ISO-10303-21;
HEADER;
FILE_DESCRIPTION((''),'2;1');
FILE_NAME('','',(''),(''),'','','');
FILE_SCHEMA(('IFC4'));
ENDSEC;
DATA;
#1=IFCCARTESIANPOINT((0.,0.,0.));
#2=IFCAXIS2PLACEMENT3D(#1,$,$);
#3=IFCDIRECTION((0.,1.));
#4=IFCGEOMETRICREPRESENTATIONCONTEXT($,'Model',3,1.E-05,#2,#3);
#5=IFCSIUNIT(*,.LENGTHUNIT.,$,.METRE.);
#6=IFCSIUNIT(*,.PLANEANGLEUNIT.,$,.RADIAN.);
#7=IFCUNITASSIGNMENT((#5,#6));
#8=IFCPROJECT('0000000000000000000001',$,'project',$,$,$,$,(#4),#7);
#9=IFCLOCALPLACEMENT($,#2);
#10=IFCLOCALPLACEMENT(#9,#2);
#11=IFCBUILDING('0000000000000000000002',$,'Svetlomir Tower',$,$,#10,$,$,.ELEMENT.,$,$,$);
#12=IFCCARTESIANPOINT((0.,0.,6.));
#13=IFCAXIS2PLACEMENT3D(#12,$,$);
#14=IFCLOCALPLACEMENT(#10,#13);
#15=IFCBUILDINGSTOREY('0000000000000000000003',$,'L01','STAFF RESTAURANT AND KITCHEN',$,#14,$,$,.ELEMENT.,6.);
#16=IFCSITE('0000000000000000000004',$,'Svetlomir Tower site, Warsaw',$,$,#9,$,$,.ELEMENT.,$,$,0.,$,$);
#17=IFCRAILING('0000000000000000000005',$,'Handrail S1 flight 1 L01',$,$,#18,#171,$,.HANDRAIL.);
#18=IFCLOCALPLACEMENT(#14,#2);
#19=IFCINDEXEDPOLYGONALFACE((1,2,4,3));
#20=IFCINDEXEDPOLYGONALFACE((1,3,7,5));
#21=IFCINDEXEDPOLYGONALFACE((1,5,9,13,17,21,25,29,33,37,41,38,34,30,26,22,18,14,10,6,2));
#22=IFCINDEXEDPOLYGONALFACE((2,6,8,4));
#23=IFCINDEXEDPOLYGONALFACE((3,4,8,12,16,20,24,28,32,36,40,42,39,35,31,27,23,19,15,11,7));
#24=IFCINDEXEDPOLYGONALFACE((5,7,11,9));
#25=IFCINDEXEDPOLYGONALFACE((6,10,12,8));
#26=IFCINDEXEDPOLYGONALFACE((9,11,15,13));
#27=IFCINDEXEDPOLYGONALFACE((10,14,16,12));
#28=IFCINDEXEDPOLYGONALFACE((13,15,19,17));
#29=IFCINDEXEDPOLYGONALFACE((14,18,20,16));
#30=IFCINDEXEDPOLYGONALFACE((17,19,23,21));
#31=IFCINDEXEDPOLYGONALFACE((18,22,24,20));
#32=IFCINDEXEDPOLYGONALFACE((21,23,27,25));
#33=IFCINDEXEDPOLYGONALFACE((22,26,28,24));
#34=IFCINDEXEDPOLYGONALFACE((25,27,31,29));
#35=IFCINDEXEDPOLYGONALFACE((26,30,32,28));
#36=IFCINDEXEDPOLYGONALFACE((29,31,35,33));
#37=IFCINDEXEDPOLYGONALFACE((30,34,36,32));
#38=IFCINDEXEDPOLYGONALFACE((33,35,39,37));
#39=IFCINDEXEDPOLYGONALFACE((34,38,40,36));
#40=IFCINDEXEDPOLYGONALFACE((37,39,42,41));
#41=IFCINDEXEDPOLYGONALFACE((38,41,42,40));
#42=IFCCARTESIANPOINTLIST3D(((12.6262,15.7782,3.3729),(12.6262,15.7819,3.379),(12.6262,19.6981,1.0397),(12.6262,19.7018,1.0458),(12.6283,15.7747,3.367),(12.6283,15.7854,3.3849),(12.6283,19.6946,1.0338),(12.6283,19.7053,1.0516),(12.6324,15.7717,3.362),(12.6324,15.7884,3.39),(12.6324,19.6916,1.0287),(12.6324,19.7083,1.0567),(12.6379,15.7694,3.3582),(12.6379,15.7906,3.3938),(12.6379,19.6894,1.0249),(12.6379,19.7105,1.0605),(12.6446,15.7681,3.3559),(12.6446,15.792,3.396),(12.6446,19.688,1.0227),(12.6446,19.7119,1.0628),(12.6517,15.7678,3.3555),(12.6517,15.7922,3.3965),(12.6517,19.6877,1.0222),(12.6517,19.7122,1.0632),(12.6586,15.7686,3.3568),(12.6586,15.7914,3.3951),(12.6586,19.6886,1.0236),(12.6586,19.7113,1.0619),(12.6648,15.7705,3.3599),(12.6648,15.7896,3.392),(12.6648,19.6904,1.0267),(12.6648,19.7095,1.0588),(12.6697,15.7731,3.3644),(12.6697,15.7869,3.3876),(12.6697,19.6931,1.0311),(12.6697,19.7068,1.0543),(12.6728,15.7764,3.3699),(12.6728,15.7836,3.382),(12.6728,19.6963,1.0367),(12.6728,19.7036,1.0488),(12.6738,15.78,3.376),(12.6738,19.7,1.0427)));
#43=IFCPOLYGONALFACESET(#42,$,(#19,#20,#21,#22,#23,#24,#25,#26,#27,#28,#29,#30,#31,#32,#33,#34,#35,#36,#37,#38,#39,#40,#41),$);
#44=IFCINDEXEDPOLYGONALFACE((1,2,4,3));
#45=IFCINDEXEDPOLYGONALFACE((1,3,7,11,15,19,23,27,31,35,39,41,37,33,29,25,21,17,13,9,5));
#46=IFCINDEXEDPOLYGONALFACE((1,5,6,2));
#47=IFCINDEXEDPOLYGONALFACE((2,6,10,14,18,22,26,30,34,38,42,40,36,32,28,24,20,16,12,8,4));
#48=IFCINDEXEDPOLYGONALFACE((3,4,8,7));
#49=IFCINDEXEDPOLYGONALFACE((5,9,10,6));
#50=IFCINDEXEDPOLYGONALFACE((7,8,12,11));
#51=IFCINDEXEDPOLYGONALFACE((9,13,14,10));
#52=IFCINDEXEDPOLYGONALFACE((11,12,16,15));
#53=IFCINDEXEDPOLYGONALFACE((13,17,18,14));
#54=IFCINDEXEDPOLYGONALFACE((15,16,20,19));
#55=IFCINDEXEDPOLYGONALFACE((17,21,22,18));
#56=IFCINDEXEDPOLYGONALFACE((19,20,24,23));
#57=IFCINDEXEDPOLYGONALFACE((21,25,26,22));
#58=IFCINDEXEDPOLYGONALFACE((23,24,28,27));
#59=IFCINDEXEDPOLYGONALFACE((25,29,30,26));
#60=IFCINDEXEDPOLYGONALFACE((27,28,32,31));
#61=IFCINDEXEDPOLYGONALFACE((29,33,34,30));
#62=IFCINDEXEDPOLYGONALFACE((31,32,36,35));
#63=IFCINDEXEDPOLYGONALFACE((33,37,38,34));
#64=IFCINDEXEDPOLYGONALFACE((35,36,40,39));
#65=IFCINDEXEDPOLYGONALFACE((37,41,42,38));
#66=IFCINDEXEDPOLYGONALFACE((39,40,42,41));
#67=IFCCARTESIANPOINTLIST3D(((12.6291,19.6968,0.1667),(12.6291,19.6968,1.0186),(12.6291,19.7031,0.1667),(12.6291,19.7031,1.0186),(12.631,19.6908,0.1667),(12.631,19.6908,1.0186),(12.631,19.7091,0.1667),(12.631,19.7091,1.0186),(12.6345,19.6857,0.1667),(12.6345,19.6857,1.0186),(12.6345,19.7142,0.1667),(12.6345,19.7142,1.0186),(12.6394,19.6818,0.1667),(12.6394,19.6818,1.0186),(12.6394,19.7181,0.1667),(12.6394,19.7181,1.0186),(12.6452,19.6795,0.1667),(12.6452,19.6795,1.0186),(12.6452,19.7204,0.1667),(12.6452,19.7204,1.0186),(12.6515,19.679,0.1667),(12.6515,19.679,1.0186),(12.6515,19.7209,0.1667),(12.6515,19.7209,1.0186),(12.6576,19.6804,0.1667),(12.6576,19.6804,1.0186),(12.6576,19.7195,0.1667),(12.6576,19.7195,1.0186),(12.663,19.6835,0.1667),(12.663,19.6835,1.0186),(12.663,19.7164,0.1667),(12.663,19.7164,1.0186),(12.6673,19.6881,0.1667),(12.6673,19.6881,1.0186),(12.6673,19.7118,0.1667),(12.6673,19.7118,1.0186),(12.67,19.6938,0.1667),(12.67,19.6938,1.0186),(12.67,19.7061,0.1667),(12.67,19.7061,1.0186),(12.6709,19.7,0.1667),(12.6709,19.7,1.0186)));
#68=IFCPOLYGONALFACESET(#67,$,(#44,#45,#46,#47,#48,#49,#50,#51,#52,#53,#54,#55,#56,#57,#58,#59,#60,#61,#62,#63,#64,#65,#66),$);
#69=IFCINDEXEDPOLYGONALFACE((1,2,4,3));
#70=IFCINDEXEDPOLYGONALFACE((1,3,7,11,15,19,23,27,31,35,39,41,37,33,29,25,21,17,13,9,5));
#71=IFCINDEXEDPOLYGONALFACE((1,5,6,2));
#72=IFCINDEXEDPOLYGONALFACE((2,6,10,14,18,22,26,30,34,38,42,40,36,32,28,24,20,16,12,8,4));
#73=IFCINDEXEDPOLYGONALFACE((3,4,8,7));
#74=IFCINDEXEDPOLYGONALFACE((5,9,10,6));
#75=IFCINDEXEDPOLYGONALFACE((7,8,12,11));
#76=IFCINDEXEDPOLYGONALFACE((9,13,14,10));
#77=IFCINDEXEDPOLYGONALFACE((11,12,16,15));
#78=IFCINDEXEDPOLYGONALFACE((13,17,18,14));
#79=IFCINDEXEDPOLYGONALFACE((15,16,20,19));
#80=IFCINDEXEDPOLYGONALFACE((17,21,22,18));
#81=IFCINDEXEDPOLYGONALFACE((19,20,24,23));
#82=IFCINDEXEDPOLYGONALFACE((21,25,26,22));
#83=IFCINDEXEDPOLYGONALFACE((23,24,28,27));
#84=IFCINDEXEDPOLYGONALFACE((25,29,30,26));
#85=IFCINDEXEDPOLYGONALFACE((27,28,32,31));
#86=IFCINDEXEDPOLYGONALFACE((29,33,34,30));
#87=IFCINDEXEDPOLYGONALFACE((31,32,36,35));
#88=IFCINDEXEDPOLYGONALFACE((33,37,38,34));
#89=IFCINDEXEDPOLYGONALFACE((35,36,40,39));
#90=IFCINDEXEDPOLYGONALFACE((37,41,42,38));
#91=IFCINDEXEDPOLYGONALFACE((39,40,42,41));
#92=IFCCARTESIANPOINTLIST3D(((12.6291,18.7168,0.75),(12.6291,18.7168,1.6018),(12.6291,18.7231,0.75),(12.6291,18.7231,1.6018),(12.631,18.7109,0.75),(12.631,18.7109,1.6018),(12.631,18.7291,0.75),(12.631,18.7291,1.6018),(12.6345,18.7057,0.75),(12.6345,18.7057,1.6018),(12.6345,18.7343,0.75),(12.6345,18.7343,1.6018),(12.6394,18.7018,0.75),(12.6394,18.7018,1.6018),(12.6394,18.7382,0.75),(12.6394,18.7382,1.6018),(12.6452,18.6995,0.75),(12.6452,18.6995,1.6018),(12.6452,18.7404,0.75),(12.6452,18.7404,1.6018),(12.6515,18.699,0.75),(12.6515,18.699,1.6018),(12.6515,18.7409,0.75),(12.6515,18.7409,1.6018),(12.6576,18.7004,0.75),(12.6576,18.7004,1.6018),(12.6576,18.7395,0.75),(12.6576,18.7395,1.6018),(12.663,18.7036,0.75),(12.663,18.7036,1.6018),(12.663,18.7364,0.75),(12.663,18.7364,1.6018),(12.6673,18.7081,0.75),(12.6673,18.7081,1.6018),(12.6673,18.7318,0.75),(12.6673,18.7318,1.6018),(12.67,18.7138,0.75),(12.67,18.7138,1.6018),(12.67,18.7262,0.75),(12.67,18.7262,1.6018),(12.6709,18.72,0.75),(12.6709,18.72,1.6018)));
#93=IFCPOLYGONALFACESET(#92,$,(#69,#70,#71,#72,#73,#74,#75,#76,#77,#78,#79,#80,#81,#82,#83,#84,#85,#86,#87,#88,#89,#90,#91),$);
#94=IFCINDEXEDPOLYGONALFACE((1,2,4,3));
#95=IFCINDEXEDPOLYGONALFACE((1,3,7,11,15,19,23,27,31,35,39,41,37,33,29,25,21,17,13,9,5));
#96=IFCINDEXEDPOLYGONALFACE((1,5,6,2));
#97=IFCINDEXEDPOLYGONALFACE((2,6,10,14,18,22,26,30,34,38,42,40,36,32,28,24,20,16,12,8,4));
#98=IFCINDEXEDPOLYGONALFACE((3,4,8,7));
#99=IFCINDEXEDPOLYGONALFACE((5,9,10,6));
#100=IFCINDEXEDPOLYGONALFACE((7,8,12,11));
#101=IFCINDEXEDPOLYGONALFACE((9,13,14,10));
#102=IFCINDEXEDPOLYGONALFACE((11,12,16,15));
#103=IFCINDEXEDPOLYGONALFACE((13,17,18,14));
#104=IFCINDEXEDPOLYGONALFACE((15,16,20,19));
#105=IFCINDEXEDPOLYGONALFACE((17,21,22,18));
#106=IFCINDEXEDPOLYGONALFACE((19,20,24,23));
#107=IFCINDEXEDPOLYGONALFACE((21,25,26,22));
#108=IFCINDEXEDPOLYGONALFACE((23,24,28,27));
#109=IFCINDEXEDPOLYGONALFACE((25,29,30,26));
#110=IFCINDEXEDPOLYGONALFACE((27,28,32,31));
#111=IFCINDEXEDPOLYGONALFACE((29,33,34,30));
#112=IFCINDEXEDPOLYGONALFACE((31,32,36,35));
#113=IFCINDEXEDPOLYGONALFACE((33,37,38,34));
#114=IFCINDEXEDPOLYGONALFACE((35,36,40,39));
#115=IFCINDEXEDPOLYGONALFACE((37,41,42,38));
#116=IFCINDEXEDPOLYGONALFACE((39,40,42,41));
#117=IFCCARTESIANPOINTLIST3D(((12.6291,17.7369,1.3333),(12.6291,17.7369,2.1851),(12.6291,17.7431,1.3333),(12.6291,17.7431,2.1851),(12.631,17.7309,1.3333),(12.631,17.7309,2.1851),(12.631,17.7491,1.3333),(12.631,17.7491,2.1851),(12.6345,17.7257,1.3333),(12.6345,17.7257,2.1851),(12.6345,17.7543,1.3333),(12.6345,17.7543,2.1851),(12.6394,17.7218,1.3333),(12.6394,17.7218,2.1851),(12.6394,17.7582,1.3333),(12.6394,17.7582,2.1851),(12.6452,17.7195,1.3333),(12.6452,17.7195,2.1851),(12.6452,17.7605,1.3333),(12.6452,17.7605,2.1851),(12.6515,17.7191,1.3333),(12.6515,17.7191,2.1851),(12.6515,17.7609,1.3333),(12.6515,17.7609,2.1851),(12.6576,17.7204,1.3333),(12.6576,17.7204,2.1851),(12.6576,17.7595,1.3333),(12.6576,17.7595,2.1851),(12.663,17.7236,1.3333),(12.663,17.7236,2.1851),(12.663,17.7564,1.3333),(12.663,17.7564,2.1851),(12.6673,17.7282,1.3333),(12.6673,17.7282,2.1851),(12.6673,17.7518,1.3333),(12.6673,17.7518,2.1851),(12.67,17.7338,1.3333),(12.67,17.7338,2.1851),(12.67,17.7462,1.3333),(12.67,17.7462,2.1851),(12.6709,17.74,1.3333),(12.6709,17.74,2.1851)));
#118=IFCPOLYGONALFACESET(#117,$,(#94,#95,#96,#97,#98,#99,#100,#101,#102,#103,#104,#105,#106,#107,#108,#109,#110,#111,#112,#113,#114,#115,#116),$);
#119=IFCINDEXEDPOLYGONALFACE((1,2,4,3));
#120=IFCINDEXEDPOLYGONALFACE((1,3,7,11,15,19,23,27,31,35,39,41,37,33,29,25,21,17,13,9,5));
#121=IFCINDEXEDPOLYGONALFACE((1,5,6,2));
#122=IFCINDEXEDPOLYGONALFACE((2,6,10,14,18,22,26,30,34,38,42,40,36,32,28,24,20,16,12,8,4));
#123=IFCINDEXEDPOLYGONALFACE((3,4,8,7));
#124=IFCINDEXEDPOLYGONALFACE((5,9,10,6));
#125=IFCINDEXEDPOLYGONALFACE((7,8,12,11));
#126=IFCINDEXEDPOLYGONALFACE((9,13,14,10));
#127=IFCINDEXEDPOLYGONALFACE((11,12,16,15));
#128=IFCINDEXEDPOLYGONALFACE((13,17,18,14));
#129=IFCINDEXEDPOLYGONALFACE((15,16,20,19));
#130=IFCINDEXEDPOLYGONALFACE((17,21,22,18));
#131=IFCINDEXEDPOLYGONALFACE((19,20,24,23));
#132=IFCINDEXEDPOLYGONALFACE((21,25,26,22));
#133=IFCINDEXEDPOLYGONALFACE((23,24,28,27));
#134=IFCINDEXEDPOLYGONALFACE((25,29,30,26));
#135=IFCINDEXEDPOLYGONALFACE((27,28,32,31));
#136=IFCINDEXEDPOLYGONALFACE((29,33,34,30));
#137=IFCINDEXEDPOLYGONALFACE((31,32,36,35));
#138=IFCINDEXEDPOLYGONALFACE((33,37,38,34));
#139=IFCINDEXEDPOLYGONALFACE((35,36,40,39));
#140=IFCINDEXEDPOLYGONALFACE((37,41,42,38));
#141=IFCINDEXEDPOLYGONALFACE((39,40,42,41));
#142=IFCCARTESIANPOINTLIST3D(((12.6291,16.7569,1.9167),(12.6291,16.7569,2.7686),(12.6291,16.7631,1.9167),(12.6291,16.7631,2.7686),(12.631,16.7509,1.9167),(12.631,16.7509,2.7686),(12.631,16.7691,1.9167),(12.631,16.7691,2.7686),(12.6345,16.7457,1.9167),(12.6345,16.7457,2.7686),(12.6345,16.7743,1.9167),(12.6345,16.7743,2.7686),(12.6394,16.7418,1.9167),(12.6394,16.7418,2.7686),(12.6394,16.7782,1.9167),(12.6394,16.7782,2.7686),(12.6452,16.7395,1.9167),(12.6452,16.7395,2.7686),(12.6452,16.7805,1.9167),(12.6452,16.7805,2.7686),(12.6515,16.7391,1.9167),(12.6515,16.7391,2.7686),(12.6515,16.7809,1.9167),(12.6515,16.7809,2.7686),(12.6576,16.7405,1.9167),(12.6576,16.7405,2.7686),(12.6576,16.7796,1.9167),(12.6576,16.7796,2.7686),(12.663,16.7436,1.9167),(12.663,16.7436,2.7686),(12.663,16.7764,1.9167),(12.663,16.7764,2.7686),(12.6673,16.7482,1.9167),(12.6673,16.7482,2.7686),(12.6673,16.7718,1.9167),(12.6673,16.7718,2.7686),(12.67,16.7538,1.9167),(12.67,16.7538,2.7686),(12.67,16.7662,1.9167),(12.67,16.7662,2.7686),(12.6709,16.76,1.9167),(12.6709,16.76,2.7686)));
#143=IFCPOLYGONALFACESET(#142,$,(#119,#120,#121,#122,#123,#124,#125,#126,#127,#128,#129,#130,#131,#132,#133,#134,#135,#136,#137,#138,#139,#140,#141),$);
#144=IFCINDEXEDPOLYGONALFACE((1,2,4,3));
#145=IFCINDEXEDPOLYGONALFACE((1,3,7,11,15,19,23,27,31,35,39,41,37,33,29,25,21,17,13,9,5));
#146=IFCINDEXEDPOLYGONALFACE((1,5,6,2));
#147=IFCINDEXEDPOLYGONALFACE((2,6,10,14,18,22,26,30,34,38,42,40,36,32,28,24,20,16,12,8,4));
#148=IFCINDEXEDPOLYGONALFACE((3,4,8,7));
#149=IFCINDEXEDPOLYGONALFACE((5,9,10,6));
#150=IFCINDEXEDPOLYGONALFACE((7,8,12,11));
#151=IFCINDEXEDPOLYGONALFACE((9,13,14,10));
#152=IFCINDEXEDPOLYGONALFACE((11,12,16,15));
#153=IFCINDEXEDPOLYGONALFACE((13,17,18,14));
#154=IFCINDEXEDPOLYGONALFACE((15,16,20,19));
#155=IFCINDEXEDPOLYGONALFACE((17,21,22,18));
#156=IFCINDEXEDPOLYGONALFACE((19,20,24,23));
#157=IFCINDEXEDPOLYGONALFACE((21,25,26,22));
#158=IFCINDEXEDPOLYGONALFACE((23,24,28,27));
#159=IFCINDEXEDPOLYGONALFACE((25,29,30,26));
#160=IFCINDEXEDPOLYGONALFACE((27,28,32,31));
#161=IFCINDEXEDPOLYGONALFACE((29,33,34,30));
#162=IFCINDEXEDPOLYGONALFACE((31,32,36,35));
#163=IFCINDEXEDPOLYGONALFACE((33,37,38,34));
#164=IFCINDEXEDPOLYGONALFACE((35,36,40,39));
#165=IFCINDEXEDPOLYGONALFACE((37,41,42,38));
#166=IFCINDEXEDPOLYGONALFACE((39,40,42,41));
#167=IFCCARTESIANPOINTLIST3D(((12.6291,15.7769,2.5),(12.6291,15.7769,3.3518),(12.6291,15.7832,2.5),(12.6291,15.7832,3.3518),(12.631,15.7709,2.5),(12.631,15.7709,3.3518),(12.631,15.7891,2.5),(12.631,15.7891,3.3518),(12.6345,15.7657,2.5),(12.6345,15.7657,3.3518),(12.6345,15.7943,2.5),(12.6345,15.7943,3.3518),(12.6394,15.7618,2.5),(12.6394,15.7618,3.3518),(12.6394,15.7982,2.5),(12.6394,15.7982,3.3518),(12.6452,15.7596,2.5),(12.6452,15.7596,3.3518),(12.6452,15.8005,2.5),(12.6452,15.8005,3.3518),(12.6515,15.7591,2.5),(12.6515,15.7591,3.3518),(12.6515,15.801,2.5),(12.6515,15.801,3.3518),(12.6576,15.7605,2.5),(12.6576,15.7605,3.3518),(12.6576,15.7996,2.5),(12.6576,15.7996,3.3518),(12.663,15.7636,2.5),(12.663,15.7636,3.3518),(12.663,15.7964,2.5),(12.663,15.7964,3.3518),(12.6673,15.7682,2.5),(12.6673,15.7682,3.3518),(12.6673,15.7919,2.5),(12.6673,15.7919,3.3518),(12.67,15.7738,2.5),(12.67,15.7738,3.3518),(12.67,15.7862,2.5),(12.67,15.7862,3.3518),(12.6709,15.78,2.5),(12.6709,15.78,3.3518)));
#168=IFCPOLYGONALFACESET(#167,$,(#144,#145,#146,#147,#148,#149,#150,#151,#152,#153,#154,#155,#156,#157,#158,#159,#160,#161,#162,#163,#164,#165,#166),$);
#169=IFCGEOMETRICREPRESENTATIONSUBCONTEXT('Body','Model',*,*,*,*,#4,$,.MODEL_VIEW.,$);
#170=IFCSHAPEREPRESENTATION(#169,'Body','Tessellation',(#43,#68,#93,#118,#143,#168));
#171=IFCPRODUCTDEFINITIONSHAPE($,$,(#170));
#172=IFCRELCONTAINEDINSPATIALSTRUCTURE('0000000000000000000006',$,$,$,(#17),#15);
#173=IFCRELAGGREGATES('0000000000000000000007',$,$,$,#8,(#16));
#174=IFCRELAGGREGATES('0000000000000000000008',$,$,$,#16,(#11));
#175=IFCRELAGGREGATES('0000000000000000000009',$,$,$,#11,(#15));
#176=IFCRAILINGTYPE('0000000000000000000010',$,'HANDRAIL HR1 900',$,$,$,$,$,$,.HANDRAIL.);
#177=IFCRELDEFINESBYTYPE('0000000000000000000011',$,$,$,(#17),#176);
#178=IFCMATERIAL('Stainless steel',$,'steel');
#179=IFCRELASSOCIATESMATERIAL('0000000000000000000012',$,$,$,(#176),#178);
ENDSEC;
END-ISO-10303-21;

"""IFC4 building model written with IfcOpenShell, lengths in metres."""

from ifc_helpers import new_model, si_unit, direction, frame, origin, origin_2d, place, context, subcontext, project, spatial, circle, extrude, material, type_object, element, save


model = new_model("IFC4")

# Units and contexts
model_context = context("Model", 3, precision=1e-05, world=origin(), true_north=direction((0.0, 1.0)))
body_context = subcontext(model_context, "Body", "Model", "MODEL_VIEW")
ifc_project = project(units=[si_unit("LENGTHUNIT", "METRE"), si_unit("PLANEANGLEUNIT", "RADIAN")], contexts=[model_context])

# Site, building, storey
site_placement = place(None, origin())
site = spatial("IfcSite", under=ifc_project, at=site_placement, Name="Svetlomir Tower site, Warsaw", CompositionType="ELEMENT", RefElevation=0.0)
building_placement = place(site_placement, origin())
building = spatial("IfcBuilding", under=site, at=building_placement, Name="Svetlomir Tower", CompositionType="ELEMENT")
storey_placement = place(building_placement, frame((0.0, 0.0, 6.0)))
storey = spatial("IfcBuildingStorey", under=building, at=storey_placement, Name="L01", Description="STAFF RESTAURANT AND KITCHEN", CompositionType="ELEMENT", Elevation=6.0)

# Railing
ifc_material_1 = material(Name="Stainless steel", Category="steel")
railing_type_1 = type_object("IfcRailingType", Name="HANDRAIL HR1 900", PredefinedType="HANDRAIL", material=ifc_material_1)
railing_1_placement = place(storey_placement, frame((12.6499, 19.7, 0.1667)))
element("IfcRailing", 1, at=railing_1_placement, inside=storey, type_object=railing_type_1, Name="Handrail S1 flight 1 L01", PredefinedType="HANDRAIL", context=body_context, shape_type="SweptSolid", body=[
    extrude(circle(Radius=0.0239, at=origin_2d()), frame((0.0, 0.0, 0.876), z_axis=(0.0, -0.859296, 0.511478), x_axis=(1.0, 0.0, 0.0)), (0.0, 0.0, 1.0), 4.5618),
    extrude(circle(Radius=0.021, at=origin_2d()), origin(), (0.0, 0.0, 1.0), 0.8518),
    extrude(circle(Radius=0.021, at=origin_2d()), frame((0.0, -0.98, 0.5833)), (0.0, 0.0, 1.0), 0.8518),
    extrude(circle(Radius=0.021, at=origin_2d()), frame((0.0, -1.96, 1.1665)), (0.0, 0.0, 1.0), 0.8518),
    extrude(circle(Radius=0.021, at=origin_2d()), frame((0.0, -2.9399, 1.75)), (0.0, 0.0, 1.0), 0.8518),
    extrude(circle(Radius=0.021, at=origin_2d()), frame((0.0, -3.9199, 2.3333)), (0.0, 0.0, 1.0), 0.8518),
])

save(model, "model.ifc")
